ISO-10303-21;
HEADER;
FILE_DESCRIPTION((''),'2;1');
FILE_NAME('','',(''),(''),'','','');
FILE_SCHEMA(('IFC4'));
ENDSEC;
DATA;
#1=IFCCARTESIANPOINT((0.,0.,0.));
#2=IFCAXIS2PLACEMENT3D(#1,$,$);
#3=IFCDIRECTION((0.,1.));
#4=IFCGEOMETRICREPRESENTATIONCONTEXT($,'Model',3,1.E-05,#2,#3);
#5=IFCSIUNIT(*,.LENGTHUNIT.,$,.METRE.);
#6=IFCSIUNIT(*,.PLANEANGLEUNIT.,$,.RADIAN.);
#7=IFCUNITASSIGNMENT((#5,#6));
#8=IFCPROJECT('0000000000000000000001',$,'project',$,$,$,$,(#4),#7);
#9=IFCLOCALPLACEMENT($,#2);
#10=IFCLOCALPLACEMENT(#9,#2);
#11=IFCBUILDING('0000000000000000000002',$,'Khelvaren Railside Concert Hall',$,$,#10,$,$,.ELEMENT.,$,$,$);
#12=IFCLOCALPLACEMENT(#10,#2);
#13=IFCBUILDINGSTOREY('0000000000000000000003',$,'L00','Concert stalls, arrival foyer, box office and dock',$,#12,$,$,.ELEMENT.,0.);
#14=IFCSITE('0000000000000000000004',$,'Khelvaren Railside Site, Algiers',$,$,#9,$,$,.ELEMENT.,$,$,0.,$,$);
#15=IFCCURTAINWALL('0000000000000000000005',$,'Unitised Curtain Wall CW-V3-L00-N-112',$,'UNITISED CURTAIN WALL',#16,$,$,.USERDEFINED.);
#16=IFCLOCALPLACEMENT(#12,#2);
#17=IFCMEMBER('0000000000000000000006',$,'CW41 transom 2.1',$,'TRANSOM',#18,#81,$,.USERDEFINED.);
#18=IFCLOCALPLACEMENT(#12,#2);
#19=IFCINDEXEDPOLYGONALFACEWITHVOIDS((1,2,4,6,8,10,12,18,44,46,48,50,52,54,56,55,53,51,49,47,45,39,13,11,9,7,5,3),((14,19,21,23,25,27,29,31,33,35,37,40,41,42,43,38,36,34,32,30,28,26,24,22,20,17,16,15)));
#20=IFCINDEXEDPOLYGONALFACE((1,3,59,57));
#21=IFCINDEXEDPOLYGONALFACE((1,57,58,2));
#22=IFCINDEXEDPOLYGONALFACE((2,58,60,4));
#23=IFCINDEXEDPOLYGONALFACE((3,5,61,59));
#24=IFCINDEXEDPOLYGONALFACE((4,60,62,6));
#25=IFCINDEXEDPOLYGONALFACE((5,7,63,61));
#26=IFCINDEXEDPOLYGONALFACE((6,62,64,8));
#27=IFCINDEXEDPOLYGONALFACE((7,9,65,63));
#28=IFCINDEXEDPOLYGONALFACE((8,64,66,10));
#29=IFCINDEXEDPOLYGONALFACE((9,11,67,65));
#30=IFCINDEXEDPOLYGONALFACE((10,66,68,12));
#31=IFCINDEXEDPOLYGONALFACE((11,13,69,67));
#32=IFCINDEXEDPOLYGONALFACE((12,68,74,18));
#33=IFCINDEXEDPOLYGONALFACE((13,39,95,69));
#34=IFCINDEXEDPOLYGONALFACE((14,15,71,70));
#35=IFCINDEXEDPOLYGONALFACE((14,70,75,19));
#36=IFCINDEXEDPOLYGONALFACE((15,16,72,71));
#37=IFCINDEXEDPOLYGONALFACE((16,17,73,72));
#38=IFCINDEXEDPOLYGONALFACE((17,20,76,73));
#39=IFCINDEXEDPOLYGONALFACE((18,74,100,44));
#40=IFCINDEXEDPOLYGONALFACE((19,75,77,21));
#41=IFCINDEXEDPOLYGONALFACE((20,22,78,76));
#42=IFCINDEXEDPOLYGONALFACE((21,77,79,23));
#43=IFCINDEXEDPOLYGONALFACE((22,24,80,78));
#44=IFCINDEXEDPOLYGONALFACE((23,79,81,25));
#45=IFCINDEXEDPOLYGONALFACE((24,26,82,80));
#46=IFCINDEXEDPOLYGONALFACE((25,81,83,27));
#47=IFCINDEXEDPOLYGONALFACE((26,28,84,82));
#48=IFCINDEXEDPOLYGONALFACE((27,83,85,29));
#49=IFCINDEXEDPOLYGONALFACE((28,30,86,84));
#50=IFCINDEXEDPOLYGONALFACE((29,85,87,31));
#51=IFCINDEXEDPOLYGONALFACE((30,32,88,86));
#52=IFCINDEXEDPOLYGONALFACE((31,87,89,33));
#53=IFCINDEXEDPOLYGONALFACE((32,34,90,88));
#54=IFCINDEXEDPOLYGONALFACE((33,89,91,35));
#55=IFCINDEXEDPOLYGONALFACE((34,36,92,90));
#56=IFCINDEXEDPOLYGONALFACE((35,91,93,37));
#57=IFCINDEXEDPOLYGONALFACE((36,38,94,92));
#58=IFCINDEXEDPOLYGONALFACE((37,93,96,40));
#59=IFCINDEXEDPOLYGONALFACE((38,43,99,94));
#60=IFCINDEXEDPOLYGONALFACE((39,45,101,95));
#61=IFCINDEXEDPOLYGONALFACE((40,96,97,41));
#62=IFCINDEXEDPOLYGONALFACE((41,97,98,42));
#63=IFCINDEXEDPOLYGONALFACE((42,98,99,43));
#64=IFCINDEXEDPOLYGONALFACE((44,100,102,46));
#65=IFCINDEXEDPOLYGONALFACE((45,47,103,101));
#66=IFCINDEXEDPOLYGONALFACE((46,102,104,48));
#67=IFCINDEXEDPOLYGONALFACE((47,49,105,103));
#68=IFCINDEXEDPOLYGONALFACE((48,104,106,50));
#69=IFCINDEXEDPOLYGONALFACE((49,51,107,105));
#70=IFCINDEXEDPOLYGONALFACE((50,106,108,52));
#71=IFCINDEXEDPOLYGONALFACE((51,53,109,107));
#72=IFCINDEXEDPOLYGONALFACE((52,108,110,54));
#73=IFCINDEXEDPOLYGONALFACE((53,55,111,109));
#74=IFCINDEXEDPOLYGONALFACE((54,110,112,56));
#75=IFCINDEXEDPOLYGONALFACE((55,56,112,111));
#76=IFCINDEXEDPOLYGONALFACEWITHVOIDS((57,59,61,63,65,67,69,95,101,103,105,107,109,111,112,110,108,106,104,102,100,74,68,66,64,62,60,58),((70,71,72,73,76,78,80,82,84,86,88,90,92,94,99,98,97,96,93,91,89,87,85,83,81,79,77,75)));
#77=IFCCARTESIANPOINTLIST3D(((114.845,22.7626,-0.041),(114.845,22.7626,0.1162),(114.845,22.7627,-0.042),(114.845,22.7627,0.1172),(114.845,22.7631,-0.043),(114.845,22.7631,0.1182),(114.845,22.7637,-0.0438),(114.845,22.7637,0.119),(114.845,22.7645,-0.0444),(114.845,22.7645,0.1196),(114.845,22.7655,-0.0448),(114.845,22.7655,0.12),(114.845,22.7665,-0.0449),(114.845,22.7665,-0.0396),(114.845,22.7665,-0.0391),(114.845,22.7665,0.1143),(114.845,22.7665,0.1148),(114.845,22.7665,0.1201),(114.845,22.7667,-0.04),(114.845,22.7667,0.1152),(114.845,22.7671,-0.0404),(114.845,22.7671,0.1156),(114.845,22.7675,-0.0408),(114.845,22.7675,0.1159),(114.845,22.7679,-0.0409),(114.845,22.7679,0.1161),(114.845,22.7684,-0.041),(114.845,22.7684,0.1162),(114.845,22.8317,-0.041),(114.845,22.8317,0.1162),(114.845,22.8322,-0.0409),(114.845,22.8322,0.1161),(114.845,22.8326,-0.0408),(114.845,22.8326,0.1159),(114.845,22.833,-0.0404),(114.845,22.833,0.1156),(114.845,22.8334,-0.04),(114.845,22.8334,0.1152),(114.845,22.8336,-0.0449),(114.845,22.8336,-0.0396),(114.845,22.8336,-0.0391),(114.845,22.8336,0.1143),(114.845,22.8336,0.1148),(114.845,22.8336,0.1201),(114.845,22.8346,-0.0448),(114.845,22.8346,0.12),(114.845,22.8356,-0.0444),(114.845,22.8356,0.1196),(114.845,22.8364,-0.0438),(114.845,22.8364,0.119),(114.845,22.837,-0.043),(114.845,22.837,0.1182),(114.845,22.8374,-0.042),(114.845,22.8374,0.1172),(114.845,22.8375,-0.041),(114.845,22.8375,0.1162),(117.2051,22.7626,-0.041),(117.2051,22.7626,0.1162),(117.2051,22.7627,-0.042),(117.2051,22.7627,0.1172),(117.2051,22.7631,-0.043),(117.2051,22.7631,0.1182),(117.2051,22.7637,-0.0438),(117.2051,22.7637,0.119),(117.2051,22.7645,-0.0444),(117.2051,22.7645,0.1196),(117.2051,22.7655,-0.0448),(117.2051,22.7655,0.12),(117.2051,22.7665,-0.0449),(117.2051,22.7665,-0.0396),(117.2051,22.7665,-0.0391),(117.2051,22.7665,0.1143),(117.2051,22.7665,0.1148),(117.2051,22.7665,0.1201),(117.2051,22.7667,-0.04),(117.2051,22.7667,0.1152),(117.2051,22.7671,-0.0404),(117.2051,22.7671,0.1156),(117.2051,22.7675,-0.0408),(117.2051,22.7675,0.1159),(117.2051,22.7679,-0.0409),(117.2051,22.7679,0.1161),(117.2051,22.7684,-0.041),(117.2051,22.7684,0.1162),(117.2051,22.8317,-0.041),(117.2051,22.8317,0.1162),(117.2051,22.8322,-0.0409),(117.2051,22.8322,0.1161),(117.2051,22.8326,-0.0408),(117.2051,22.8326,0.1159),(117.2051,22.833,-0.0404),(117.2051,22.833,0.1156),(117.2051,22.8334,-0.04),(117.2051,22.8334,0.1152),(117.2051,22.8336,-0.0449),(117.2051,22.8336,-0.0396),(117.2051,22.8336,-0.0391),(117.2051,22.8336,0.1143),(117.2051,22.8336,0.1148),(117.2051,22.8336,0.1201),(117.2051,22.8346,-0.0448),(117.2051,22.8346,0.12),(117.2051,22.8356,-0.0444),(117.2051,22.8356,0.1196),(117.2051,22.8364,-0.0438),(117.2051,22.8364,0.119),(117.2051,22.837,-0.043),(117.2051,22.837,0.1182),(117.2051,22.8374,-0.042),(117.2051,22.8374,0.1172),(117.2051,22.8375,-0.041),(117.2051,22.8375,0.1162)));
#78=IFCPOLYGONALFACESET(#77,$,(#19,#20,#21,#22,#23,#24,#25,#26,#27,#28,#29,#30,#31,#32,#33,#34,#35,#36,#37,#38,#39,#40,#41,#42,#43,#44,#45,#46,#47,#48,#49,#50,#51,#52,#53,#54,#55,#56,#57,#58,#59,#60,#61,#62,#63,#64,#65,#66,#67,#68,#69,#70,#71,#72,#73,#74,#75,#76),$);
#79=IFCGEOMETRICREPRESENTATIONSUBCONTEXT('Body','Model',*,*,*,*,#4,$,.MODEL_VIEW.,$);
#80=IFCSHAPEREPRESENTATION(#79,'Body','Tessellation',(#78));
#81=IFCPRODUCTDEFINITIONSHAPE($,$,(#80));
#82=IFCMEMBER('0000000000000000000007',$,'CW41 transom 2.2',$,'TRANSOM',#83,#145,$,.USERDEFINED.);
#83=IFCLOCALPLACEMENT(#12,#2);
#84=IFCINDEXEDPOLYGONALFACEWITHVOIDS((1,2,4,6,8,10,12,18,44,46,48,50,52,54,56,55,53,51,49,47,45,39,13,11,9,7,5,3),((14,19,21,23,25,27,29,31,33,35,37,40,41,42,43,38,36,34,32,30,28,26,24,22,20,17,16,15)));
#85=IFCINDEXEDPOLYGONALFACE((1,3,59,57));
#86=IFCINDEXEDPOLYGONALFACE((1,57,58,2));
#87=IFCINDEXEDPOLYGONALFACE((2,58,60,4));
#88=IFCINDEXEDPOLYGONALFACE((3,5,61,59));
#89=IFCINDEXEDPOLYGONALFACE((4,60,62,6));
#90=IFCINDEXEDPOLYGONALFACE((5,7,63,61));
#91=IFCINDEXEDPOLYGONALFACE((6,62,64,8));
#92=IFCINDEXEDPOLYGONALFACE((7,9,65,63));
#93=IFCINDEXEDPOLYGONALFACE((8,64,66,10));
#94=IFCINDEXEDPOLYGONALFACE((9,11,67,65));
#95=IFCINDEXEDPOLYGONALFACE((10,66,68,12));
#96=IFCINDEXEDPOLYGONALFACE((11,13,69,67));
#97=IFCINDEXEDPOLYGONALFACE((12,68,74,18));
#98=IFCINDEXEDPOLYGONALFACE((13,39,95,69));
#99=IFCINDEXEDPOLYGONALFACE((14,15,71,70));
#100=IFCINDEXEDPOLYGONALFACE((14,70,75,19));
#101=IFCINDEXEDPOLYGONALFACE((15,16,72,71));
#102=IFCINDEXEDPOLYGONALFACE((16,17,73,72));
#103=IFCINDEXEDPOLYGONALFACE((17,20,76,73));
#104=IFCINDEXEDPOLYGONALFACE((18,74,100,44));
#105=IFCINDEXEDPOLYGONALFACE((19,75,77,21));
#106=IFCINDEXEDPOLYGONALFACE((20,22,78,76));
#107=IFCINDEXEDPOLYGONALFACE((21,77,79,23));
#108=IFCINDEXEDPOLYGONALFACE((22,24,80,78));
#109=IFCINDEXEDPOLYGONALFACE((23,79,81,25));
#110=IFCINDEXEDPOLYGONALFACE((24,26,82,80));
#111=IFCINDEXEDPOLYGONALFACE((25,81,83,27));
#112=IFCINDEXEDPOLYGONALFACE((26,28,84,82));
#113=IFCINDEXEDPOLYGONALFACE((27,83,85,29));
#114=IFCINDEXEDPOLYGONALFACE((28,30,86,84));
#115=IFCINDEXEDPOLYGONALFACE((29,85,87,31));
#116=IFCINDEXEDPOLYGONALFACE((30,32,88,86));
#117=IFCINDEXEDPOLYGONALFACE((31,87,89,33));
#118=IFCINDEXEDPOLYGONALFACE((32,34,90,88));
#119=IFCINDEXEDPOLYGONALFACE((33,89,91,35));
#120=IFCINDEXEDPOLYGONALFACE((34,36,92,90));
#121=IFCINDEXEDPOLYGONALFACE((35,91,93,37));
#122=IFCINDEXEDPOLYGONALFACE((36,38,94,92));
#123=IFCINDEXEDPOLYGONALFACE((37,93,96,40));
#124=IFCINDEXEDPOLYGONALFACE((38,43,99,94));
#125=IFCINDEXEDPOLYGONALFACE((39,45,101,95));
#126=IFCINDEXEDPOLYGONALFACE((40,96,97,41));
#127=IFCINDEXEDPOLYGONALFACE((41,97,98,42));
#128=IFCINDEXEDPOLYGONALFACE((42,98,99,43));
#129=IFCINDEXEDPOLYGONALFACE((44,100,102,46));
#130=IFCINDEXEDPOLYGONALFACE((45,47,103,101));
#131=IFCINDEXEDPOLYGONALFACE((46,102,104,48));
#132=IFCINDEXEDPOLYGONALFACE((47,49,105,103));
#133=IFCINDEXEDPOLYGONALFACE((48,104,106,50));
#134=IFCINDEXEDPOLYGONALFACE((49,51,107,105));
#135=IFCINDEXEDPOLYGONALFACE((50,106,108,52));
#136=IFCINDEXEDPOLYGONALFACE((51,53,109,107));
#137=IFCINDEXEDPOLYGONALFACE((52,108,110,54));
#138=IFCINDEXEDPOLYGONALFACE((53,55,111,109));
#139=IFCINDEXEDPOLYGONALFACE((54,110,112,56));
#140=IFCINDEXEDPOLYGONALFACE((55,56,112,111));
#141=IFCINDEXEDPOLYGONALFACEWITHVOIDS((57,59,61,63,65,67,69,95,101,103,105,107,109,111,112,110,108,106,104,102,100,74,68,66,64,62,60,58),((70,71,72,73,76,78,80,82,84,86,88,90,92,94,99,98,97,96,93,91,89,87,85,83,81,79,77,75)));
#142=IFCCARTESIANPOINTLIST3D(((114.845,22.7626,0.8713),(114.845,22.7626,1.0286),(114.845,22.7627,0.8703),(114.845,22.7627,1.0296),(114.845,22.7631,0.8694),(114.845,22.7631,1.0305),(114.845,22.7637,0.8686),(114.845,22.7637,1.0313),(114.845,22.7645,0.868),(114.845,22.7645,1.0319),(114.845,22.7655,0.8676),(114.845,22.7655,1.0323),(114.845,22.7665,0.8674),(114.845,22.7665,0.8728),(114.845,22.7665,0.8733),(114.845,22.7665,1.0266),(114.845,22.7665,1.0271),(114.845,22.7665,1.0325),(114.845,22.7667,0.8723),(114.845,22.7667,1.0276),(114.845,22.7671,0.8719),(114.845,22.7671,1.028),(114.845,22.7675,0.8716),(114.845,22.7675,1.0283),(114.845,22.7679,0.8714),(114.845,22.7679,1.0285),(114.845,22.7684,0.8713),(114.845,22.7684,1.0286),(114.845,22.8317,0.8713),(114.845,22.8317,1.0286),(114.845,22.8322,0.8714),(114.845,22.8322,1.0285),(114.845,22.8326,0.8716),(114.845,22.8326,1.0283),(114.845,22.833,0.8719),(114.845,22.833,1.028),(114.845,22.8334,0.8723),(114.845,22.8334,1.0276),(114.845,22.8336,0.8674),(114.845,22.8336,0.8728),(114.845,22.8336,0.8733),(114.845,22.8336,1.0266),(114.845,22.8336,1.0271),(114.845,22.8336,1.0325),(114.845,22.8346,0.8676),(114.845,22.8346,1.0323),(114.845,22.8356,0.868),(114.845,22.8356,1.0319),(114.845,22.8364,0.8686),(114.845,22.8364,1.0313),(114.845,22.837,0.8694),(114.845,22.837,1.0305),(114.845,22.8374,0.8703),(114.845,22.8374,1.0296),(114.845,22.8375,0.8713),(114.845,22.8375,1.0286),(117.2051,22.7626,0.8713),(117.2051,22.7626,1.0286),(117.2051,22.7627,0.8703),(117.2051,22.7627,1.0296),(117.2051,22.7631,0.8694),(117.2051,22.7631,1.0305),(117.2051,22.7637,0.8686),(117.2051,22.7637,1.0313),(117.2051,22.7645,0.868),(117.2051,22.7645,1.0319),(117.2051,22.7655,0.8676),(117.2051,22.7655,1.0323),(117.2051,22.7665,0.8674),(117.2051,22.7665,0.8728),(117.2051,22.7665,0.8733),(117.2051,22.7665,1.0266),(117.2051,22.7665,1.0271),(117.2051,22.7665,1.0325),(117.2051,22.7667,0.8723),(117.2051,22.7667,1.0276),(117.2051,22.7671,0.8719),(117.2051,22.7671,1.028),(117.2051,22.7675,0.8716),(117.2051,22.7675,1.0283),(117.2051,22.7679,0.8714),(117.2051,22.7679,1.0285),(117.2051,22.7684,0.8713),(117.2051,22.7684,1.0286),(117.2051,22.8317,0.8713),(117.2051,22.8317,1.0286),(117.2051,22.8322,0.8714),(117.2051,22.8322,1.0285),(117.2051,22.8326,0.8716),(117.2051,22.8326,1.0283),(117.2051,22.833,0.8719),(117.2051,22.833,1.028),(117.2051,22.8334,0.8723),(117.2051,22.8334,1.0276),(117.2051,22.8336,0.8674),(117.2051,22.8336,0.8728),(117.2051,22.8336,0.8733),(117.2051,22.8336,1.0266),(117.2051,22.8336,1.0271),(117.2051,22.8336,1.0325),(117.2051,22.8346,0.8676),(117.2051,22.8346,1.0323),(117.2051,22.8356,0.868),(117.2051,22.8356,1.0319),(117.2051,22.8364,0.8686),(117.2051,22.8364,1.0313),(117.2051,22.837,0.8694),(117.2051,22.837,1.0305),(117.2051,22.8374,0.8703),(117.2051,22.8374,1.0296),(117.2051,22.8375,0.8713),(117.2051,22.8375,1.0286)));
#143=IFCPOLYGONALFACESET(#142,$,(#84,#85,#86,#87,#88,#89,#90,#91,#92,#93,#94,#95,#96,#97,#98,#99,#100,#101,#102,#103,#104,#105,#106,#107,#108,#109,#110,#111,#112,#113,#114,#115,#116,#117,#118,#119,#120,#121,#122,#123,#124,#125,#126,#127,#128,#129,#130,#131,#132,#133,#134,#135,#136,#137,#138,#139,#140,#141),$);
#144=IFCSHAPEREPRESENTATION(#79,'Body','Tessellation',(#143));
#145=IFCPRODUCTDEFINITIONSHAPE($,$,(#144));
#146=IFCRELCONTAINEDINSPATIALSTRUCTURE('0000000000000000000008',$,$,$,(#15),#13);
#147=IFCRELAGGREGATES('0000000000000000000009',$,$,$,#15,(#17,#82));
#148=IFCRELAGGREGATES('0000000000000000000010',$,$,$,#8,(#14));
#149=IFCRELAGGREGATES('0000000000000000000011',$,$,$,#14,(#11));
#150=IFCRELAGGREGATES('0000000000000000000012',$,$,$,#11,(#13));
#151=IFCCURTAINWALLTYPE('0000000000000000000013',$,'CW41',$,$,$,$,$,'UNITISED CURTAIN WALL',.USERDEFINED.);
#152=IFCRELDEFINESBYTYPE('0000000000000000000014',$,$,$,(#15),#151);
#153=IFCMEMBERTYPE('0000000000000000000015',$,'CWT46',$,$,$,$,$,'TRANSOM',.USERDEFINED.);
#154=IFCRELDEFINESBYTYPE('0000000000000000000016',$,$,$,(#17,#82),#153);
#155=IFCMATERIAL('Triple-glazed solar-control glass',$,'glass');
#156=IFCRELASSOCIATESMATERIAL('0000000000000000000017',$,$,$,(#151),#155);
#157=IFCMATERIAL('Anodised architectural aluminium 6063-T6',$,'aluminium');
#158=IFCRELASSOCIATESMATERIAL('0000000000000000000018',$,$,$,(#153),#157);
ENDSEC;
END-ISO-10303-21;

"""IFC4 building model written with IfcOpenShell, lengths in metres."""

from ifc_helpers import new_model, si_unit, direction, frame, origin, origin_2d, place, context, subcontext, project, spatial, hollow_rectangle, extrude, material, material_profile, profile_set, type_object, element, aggregate, save


model = new_model("IFC4")

# Units and contexts
model_context = context("Model", 3, precision=1e-05, world=origin(), true_north=direction((0.0, 1.0)))
body_context = subcontext(model_context, "Body", "Model", "MODEL_VIEW")
ifc_project = project(units=[si_unit("LENGTHUNIT", "METRE"), si_unit("PLANEANGLEUNIT", "RADIAN")], contexts=[model_context])

# Site, building, storey
site_placement = place(None, origin())
site = spatial("IfcSite", under=ifc_project, at=site_placement, Name="Khelvaren Railside Site, Algiers", CompositionType="ELEMENT", RefElevation=0.0)
building_placement = place(site_placement, origin())
building = spatial("IfcBuilding", under=site, at=building_placement, Name="Khelvaren Railside Concert Hall", CompositionType="ELEMENT")
storey_placement = place(building_placement, origin())
storey = spatial("IfcBuildingStorey", under=building, at=storey_placement, Name="L00", Description="Concert stalls, arrival foyer, box office and dock", CompositionType="ELEMENT", Elevation=0.0)

# Curtain wall, members
ifc_material_1 = material(Name="Triple-glazed solar-control glass", Category="glass")
curtain_wall_type = type_object("IfcCurtainWallType", Name="CW41", ElementType="UNITISED CURTAIN WALL", PredefinedType="USERDEFINED", material=ifc_material_1)
curtain_wall_placement = place(storey_placement, origin())
curtain_wall = element("IfcCurtainWall", 1, at=curtain_wall_placement, inside=storey, type_object=curtain_wall_type, Name="Unitised Curtain Wall CW-V3-L00-N-112", ObjectType="UNITISED CURTAIN WALL", PredefinedType="USERDEFINED")
ifc_material_2 = material(Name="Anodised architectural aluminium 6063-T6", Category="aluminium")
ifc_material_profile_1 = material_profile(ifc_material_2, hollow_rectangle(XDim=0.075, YDim=0.165, WallThickness=0.0039, InnerFilletRadius=0.002, OuterFilletRadius=0.0039, at=origin_2d()), Name="CWT 75x165x4")
ifc_profile_set_1 = profile_set([ifc_material_profile_1], Name="Anodised architectural aluminium 6063-T6")
member_type_1 = type_object("IfcMemberType", Name="CWT46", ElementType="TRANSOM", PredefinedType="USERDEFINED", material=ifc_profile_set_1)
member_1_placement = place(storey_placement, frame((114.845, 22.8, 0.0376), z_axis=(1.0, 0.0, 0.0), x_axis=(0.0, 1.0, 0.0)))
member_1 = element("IfcMember", 2, at=member_1_placement, type_object=member_type_1, Name="CW41 transom 2.1", ObjectType="TRANSOM", PredefinedType="USERDEFINED", context=body_context, shape_type="SweptSolid", body=[
    extrude(hollow_rectangle(XDim=0.075, YDim=0.165, WallThickness=0.0039, InnerFilletRadius=0.002, OuterFilletRadius=0.0039, at=origin_2d()), origin(), (0.0, 0.0, 1.0), 2.3601),
])
member_2_placement = place(storey_placement, frame((114.845, 22.8, 0.95), z_axis=(1.0, 0.0, 0.0), x_axis=(0.0, 1.0, 0.0)))
member_2 = element("IfcMember", 3, at=member_2_placement, type_object=member_type_1, Name="CW41 transom 2.2", ObjectType="TRANSOM", PredefinedType="USERDEFINED", context=body_context, shape_type="SweptSolid", body=[
    extrude(hollow_rectangle(XDim=0.075, YDim=0.165, WallThickness=0.0039, InnerFilletRadius=0.002, OuterFilletRadius=0.0039, at=origin_2d()), origin(), (0.0, 0.0, 1.0), 2.3601),
])

aggregate(curtain_wall, [member_1, member_2])

save(model, "model.ifc")
